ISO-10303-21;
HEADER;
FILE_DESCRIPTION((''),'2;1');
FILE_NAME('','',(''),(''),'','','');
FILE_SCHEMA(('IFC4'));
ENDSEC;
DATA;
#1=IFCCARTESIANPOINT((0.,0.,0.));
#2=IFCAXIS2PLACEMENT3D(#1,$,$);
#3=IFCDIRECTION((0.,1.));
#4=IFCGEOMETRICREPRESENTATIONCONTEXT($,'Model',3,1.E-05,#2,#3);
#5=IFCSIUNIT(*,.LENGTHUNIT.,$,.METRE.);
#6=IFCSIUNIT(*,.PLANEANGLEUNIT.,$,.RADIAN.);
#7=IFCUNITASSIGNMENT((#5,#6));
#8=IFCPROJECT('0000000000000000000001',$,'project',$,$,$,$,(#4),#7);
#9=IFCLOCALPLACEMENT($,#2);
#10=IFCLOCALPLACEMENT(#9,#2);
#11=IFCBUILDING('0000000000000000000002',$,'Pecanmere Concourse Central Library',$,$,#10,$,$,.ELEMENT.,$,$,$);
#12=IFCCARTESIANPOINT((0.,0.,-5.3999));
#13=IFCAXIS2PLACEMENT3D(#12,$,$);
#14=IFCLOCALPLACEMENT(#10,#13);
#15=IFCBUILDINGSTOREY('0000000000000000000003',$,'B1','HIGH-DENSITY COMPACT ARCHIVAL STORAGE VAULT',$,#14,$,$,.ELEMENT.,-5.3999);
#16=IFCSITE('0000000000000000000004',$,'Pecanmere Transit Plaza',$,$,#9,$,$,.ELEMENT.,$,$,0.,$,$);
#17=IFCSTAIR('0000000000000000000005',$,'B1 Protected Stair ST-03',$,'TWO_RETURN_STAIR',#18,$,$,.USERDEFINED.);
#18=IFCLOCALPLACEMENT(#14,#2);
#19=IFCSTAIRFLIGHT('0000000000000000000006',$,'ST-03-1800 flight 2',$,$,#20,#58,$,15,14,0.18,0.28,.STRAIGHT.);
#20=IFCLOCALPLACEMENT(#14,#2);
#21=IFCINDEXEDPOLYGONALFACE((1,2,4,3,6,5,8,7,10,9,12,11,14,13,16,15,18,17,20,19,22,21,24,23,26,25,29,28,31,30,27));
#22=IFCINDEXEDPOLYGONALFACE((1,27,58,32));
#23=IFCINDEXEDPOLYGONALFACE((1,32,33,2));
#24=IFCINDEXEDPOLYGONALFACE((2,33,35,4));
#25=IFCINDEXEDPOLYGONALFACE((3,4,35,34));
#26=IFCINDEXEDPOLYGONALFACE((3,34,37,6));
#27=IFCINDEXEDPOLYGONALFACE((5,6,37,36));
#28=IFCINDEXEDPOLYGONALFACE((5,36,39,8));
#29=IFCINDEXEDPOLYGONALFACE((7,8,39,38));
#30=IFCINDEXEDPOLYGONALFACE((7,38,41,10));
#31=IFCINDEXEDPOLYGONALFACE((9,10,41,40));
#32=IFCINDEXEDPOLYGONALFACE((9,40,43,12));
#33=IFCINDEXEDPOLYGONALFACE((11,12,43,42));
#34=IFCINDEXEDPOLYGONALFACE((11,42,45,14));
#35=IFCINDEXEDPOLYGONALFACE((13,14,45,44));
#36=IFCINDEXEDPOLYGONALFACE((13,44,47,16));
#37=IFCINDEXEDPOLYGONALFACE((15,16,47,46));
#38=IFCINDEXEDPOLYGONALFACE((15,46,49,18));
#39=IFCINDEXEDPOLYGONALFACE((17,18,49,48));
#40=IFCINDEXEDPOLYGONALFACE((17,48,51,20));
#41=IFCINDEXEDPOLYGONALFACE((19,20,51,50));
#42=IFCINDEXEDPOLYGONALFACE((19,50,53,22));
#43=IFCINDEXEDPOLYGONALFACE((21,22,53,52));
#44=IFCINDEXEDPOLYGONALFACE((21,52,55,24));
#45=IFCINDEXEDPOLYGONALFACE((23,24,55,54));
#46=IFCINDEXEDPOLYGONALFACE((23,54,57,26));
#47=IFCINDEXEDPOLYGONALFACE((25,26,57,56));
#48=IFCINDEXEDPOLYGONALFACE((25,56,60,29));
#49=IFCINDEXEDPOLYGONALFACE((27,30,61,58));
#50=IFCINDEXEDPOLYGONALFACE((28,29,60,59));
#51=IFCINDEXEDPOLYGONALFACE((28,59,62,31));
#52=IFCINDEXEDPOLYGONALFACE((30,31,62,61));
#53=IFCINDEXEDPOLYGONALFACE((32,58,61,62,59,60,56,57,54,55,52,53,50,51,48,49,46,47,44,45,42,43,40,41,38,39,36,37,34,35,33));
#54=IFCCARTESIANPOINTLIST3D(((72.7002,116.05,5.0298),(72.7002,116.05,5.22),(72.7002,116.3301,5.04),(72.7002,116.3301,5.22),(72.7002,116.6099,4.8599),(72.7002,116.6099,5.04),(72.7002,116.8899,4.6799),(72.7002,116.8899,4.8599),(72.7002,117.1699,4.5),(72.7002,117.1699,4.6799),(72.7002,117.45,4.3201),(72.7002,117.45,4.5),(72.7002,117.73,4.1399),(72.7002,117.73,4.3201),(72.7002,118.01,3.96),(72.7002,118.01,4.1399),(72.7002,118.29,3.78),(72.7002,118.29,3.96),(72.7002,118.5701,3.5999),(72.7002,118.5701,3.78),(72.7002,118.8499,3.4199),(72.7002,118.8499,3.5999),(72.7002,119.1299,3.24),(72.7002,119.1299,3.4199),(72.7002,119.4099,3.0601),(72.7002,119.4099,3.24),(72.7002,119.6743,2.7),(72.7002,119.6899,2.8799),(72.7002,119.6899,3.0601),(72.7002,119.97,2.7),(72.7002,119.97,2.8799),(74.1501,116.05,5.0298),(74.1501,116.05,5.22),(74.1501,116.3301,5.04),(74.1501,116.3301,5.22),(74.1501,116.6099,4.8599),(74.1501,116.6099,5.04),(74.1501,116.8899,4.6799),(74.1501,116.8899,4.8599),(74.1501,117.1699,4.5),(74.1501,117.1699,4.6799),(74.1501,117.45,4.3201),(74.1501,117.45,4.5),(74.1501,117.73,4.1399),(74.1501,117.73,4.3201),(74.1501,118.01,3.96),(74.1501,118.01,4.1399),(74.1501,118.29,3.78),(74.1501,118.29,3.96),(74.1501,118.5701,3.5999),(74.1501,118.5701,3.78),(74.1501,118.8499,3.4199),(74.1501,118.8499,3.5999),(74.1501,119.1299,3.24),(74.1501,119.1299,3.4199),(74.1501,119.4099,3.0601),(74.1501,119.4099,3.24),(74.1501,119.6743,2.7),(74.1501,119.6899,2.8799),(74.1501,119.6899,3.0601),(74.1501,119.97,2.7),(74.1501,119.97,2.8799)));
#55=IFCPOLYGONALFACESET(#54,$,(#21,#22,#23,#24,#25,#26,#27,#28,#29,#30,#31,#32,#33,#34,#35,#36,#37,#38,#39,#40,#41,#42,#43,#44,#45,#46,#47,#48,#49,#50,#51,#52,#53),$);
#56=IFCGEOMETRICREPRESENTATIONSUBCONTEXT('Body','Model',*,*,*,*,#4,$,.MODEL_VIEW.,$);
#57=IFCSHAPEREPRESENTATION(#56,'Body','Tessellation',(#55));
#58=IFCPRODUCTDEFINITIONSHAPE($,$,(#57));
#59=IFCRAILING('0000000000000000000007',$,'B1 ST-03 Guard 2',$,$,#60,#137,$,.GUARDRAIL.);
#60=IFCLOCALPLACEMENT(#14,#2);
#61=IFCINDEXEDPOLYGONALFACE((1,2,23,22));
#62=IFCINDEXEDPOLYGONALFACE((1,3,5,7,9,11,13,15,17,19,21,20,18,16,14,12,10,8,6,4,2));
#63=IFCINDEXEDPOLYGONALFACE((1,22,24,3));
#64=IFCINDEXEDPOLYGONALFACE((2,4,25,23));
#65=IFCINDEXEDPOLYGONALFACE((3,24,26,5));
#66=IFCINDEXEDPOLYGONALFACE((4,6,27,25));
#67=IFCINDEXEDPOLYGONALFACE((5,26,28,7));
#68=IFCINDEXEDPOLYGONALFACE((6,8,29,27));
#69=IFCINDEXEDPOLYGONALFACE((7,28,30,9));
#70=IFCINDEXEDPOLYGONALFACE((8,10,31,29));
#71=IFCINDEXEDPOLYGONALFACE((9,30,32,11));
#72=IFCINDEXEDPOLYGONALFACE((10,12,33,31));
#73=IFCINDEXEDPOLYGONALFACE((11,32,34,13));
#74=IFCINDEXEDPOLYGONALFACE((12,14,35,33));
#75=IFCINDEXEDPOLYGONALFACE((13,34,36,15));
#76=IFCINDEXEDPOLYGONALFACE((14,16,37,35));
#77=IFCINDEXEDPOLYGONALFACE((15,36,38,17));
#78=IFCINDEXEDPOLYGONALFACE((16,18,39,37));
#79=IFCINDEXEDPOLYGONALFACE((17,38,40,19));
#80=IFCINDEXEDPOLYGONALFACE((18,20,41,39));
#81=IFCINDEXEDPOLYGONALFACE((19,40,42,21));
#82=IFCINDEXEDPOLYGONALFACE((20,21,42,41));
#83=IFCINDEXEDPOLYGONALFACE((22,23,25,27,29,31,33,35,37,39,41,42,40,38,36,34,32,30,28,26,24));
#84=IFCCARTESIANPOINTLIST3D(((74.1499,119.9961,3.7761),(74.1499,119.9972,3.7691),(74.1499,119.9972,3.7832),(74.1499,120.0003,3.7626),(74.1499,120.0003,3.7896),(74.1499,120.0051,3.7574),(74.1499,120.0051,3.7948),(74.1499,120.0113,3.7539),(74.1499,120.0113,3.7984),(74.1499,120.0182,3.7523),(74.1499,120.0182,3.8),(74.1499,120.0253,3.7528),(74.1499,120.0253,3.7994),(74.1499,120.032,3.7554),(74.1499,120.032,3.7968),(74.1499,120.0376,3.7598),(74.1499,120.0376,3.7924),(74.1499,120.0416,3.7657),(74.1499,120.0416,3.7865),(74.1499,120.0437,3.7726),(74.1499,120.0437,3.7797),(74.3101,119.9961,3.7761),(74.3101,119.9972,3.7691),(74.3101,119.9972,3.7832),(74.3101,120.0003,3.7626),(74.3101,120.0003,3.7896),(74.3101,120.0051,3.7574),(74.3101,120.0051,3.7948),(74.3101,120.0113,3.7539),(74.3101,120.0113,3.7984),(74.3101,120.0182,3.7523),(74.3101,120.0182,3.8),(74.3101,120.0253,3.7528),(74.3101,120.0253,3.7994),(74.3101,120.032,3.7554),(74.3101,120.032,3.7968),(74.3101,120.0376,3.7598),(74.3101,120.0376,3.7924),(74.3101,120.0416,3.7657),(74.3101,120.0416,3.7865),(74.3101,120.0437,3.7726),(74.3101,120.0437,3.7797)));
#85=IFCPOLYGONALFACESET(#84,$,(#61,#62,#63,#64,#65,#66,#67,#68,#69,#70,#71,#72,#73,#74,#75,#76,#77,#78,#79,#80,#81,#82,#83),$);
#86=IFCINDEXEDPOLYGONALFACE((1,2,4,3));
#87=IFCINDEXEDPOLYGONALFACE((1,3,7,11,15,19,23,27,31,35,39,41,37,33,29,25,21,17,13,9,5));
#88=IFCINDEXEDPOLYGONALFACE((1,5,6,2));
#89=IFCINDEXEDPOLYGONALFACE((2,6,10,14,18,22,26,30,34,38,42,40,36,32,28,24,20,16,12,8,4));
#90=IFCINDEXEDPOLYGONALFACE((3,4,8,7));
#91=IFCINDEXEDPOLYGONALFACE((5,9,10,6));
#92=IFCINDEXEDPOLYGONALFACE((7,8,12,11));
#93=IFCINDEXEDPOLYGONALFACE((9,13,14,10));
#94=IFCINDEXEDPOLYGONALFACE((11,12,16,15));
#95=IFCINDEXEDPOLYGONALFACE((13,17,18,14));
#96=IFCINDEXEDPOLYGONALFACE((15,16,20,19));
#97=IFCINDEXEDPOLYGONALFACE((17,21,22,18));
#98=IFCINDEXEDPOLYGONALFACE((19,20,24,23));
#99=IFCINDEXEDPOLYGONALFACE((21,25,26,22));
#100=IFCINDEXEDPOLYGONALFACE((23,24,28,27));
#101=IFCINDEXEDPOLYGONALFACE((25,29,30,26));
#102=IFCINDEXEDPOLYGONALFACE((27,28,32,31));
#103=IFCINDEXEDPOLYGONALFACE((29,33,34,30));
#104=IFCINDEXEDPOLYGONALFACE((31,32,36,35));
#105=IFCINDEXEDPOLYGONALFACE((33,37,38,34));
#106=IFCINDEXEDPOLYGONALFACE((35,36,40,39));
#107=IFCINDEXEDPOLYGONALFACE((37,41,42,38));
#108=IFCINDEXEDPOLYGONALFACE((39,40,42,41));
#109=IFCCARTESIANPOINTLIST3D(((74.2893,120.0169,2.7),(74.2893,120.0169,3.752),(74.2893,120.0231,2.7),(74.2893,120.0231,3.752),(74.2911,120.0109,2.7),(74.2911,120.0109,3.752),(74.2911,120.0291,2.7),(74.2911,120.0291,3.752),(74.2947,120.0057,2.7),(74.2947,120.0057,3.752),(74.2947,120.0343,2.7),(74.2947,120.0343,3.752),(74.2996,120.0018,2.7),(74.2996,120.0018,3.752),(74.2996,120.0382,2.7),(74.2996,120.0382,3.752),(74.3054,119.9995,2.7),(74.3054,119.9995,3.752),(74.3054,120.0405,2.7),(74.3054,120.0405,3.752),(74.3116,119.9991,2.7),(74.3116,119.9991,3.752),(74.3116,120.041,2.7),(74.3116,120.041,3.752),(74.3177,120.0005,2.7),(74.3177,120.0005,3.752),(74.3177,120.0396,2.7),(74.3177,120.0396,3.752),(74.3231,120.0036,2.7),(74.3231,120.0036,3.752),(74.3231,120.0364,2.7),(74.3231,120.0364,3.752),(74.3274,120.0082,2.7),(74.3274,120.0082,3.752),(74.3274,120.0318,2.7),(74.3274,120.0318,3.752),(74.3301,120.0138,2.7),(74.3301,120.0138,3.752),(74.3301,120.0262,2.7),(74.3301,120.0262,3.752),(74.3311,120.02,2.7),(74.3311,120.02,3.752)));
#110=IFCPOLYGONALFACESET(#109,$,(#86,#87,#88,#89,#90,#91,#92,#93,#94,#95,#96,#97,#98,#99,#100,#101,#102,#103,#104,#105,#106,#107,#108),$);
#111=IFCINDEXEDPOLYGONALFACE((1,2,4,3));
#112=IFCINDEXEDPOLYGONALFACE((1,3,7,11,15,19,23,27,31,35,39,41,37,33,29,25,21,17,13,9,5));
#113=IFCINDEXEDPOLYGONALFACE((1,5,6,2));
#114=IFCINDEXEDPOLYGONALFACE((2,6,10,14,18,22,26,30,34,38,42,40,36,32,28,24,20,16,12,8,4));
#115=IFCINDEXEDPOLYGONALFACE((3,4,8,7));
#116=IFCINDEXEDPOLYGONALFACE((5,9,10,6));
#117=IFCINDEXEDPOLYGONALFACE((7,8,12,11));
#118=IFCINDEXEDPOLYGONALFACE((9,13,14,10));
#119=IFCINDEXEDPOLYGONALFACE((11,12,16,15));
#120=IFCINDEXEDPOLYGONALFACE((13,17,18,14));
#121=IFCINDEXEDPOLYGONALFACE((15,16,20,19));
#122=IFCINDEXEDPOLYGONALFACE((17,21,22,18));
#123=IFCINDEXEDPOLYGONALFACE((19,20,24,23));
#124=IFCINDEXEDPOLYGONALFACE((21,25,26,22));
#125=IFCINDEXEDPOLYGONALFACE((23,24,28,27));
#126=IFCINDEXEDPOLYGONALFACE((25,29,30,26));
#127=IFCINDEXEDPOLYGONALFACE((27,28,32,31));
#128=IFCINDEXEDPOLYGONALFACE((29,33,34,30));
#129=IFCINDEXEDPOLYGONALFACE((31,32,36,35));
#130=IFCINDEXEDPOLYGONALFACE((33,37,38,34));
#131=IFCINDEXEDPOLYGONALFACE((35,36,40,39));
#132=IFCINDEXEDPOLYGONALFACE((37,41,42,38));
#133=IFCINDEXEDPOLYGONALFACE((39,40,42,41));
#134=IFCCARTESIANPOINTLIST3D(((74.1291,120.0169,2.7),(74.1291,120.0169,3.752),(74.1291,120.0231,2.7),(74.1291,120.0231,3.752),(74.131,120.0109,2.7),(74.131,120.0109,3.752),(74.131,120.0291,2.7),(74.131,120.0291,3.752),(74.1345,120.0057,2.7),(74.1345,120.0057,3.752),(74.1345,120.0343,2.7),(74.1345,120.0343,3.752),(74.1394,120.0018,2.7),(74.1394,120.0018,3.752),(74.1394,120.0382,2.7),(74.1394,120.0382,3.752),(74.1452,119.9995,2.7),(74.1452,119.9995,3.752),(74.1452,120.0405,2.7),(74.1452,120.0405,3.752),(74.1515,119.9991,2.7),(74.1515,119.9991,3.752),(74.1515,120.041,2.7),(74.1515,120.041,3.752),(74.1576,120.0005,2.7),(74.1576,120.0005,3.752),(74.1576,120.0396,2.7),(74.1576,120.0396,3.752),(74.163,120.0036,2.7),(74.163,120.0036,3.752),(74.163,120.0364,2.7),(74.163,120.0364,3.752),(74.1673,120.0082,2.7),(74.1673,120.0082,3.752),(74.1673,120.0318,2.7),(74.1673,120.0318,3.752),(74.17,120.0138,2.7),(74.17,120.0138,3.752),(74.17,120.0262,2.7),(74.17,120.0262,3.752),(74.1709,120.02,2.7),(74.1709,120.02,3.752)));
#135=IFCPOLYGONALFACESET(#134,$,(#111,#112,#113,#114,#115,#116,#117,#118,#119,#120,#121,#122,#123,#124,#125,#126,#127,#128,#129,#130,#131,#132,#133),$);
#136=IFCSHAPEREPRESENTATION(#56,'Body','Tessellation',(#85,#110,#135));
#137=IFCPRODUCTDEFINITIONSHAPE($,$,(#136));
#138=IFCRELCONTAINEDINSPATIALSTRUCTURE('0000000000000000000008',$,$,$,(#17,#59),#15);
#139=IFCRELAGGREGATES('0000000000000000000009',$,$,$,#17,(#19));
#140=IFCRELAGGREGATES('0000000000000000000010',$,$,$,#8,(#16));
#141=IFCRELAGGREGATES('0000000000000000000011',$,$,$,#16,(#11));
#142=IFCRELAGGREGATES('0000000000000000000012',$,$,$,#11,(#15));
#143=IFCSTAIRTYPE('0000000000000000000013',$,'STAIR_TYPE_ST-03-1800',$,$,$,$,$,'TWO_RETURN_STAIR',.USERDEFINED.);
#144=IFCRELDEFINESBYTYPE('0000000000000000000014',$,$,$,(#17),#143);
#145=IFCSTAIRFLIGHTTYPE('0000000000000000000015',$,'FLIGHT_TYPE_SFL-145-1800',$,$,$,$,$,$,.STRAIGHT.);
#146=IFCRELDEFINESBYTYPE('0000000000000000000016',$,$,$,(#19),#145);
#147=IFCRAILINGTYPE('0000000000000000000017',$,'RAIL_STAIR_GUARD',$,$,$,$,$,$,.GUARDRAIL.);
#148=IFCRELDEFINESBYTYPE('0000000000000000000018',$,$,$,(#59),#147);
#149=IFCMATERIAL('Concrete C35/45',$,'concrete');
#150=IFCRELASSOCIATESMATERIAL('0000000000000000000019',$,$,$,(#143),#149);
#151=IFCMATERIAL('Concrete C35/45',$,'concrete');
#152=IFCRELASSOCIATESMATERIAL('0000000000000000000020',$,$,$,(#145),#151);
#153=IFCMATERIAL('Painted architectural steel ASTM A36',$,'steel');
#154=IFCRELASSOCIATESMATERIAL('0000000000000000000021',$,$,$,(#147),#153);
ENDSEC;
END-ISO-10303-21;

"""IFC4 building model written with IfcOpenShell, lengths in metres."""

from ifc_helpers import new_model, si_unit, direction, frame, origin, origin_2d, place, context, subcontext, project, spatial, polyline, circle, outline, extrude, material, type_object, element, aggregate, save


model = new_model("IFC4")

# Units and contexts
model_context = context("Model", 3, precision=1e-05, world=origin(), true_north=direction((0.0, 1.0)))
body_context = subcontext(model_context, "Body", "Model", "MODEL_VIEW")
ifc_project = project(units=[si_unit("LENGTHUNIT", "METRE"), si_unit("PLANEANGLEUNIT", "RADIAN")], contexts=[model_context])

# Site, building, storey
site_placement = place(None, origin())
site = spatial("IfcSite", under=ifc_project, at=site_placement, Name="Pecanmere Transit Plaza", CompositionType="ELEMENT", RefElevation=0.0)
building_placement = place(site_placement, origin())
building = spatial("IfcBuilding", under=site, at=building_placement, Name="Pecanmere Concourse Central Library", CompositionType="ELEMENT")
storey_placement = place(building_placement, frame((0.0, 0.0, -5.3999)))
storey = spatial("IfcBuildingStorey", under=building, at=storey_placement, Name="B1", Description="HIGH-DENSITY COMPACT ARCHIVAL STORAGE VAULT", CompositionType="ELEMENT", Elevation=-5.3999)

# Stair, stair flight
ifc_material_1 = material(Name="Concrete C35/45", Category="concrete")
stair_type = type_object("IfcStairType", Name="STAIR_TYPE_ST-03-1800", ElementType="TWO_RETURN_STAIR", PredefinedType="USERDEFINED", material=ifc_material_1)
stair_placement = place(storey_placement, origin())
stair = element("IfcStair", 1, at=stair_placement, inside=storey, type_object=stair_type, Name="B1 Protected Stair ST-03", ObjectType="TWO_RETURN_STAIR", PredefinedType="USERDEFINED")
ifc_material_2 = material(Name="Concrete C35/45", Category="concrete")
stair_flight_type = type_object("IfcStairFlightType", Name="FLIGHT_TYPE_SFL-145-1800", PredefinedType="STRAIGHT", material=ifc_material_2)
stair_flight_placement = place(storey_placement, frame((73.425, 119.97, 2.7), z_axis=(0.0, 0.0, 1.0), x_axis=(0.0, -1.0, 0.0)))
stair_flight = element("IfcStairFlight", 2, at=stair_flight_placement, type_object=stair_flight_type, Name="ST-03-1800 flight 2", NumberOfRisers=15, NumberOfTreads=14, PredefinedType="STRAIGHT", RiserHeight=0.18, TreadLength=0.28, context=body_context, shape_type="SweptSolid", body=[
    extrude(outline(polyline([(0.0, 0.0), (0.0, 0.1799), (0.28, 0.1799), (0.28, 0.3601), (0.5601, 0.3601), (0.5601, 0.54), (0.8401, 0.54), (0.8401, 0.72), (1.1201, 0.72), (1.1201, 0.8999), (1.3999, 0.8999), (1.3999, 1.0801), (1.6799, 1.0801), (1.6799, 1.26), (1.96, 1.26), (1.96, 1.4399), (2.24, 1.4399), (2.24, 1.6201), (2.52, 1.6201), (2.52, 1.8), (2.8, 1.8), (2.8, 1.98), (3.0801, 1.98), (3.0801, 2.1599), (3.3601, 2.1599), (3.3601, 2.3401), (3.6399, 2.3401), (3.6399, 2.52), (3.9199, 2.52), (3.9199, 2.7), (3.9199, 2.3298), (0.2957, 0.0), (0.0, 0.0)])), frame((0.0, 0.7251, 0.0), z_axis=(0.0, -1.0, 0.0), x_axis=(1.0, 0.0, 0.0)), (0.0, 0.0, 1.0), 1.45),
])
aggregate(stair, [stair_flight])

# Railing
ifc_material_3 = material(Name="Painted architectural steel ASTM A36", Category="steel")
railing_type_1 = type_object("IfcRailingType", Name="RAIL_STAIR_GUARD", PredefinedType="GUARDRAIL", material=ifc_material_3)
railing_1_placement = place(storey_placement, frame((74.3101, 120.02, 2.7)))
element("IfcRailing", 3, at=railing_1_placement, inside=storey, type_object=railing_type_1, Name="B1 ST-03 Guard 2", PredefinedType="GUARDRAIL", context=body_context, shape_type="SweptSolid", body=[
    extrude(circle(Radius=0.0239, at=origin_2d()), frame((0.0, 0.0, 1.0762), z_axis=(-1.0, 0.0, 0.0), x_axis=(0.0, -1.0, 0.0)), (0.0, 0.0, 1.0), 0.1602),
    extrude(circle(Radius=0.021, at=origin_2d()), origin(), (0.0, 0.0, 1.0), 1.052),
    extrude(circle(Radius=0.021, at=origin_2d()), frame((-0.1602, 0.0, 0.0)), (0.0, 0.0, 1.0), 1.052),
])

save(model, "model.ifc")
